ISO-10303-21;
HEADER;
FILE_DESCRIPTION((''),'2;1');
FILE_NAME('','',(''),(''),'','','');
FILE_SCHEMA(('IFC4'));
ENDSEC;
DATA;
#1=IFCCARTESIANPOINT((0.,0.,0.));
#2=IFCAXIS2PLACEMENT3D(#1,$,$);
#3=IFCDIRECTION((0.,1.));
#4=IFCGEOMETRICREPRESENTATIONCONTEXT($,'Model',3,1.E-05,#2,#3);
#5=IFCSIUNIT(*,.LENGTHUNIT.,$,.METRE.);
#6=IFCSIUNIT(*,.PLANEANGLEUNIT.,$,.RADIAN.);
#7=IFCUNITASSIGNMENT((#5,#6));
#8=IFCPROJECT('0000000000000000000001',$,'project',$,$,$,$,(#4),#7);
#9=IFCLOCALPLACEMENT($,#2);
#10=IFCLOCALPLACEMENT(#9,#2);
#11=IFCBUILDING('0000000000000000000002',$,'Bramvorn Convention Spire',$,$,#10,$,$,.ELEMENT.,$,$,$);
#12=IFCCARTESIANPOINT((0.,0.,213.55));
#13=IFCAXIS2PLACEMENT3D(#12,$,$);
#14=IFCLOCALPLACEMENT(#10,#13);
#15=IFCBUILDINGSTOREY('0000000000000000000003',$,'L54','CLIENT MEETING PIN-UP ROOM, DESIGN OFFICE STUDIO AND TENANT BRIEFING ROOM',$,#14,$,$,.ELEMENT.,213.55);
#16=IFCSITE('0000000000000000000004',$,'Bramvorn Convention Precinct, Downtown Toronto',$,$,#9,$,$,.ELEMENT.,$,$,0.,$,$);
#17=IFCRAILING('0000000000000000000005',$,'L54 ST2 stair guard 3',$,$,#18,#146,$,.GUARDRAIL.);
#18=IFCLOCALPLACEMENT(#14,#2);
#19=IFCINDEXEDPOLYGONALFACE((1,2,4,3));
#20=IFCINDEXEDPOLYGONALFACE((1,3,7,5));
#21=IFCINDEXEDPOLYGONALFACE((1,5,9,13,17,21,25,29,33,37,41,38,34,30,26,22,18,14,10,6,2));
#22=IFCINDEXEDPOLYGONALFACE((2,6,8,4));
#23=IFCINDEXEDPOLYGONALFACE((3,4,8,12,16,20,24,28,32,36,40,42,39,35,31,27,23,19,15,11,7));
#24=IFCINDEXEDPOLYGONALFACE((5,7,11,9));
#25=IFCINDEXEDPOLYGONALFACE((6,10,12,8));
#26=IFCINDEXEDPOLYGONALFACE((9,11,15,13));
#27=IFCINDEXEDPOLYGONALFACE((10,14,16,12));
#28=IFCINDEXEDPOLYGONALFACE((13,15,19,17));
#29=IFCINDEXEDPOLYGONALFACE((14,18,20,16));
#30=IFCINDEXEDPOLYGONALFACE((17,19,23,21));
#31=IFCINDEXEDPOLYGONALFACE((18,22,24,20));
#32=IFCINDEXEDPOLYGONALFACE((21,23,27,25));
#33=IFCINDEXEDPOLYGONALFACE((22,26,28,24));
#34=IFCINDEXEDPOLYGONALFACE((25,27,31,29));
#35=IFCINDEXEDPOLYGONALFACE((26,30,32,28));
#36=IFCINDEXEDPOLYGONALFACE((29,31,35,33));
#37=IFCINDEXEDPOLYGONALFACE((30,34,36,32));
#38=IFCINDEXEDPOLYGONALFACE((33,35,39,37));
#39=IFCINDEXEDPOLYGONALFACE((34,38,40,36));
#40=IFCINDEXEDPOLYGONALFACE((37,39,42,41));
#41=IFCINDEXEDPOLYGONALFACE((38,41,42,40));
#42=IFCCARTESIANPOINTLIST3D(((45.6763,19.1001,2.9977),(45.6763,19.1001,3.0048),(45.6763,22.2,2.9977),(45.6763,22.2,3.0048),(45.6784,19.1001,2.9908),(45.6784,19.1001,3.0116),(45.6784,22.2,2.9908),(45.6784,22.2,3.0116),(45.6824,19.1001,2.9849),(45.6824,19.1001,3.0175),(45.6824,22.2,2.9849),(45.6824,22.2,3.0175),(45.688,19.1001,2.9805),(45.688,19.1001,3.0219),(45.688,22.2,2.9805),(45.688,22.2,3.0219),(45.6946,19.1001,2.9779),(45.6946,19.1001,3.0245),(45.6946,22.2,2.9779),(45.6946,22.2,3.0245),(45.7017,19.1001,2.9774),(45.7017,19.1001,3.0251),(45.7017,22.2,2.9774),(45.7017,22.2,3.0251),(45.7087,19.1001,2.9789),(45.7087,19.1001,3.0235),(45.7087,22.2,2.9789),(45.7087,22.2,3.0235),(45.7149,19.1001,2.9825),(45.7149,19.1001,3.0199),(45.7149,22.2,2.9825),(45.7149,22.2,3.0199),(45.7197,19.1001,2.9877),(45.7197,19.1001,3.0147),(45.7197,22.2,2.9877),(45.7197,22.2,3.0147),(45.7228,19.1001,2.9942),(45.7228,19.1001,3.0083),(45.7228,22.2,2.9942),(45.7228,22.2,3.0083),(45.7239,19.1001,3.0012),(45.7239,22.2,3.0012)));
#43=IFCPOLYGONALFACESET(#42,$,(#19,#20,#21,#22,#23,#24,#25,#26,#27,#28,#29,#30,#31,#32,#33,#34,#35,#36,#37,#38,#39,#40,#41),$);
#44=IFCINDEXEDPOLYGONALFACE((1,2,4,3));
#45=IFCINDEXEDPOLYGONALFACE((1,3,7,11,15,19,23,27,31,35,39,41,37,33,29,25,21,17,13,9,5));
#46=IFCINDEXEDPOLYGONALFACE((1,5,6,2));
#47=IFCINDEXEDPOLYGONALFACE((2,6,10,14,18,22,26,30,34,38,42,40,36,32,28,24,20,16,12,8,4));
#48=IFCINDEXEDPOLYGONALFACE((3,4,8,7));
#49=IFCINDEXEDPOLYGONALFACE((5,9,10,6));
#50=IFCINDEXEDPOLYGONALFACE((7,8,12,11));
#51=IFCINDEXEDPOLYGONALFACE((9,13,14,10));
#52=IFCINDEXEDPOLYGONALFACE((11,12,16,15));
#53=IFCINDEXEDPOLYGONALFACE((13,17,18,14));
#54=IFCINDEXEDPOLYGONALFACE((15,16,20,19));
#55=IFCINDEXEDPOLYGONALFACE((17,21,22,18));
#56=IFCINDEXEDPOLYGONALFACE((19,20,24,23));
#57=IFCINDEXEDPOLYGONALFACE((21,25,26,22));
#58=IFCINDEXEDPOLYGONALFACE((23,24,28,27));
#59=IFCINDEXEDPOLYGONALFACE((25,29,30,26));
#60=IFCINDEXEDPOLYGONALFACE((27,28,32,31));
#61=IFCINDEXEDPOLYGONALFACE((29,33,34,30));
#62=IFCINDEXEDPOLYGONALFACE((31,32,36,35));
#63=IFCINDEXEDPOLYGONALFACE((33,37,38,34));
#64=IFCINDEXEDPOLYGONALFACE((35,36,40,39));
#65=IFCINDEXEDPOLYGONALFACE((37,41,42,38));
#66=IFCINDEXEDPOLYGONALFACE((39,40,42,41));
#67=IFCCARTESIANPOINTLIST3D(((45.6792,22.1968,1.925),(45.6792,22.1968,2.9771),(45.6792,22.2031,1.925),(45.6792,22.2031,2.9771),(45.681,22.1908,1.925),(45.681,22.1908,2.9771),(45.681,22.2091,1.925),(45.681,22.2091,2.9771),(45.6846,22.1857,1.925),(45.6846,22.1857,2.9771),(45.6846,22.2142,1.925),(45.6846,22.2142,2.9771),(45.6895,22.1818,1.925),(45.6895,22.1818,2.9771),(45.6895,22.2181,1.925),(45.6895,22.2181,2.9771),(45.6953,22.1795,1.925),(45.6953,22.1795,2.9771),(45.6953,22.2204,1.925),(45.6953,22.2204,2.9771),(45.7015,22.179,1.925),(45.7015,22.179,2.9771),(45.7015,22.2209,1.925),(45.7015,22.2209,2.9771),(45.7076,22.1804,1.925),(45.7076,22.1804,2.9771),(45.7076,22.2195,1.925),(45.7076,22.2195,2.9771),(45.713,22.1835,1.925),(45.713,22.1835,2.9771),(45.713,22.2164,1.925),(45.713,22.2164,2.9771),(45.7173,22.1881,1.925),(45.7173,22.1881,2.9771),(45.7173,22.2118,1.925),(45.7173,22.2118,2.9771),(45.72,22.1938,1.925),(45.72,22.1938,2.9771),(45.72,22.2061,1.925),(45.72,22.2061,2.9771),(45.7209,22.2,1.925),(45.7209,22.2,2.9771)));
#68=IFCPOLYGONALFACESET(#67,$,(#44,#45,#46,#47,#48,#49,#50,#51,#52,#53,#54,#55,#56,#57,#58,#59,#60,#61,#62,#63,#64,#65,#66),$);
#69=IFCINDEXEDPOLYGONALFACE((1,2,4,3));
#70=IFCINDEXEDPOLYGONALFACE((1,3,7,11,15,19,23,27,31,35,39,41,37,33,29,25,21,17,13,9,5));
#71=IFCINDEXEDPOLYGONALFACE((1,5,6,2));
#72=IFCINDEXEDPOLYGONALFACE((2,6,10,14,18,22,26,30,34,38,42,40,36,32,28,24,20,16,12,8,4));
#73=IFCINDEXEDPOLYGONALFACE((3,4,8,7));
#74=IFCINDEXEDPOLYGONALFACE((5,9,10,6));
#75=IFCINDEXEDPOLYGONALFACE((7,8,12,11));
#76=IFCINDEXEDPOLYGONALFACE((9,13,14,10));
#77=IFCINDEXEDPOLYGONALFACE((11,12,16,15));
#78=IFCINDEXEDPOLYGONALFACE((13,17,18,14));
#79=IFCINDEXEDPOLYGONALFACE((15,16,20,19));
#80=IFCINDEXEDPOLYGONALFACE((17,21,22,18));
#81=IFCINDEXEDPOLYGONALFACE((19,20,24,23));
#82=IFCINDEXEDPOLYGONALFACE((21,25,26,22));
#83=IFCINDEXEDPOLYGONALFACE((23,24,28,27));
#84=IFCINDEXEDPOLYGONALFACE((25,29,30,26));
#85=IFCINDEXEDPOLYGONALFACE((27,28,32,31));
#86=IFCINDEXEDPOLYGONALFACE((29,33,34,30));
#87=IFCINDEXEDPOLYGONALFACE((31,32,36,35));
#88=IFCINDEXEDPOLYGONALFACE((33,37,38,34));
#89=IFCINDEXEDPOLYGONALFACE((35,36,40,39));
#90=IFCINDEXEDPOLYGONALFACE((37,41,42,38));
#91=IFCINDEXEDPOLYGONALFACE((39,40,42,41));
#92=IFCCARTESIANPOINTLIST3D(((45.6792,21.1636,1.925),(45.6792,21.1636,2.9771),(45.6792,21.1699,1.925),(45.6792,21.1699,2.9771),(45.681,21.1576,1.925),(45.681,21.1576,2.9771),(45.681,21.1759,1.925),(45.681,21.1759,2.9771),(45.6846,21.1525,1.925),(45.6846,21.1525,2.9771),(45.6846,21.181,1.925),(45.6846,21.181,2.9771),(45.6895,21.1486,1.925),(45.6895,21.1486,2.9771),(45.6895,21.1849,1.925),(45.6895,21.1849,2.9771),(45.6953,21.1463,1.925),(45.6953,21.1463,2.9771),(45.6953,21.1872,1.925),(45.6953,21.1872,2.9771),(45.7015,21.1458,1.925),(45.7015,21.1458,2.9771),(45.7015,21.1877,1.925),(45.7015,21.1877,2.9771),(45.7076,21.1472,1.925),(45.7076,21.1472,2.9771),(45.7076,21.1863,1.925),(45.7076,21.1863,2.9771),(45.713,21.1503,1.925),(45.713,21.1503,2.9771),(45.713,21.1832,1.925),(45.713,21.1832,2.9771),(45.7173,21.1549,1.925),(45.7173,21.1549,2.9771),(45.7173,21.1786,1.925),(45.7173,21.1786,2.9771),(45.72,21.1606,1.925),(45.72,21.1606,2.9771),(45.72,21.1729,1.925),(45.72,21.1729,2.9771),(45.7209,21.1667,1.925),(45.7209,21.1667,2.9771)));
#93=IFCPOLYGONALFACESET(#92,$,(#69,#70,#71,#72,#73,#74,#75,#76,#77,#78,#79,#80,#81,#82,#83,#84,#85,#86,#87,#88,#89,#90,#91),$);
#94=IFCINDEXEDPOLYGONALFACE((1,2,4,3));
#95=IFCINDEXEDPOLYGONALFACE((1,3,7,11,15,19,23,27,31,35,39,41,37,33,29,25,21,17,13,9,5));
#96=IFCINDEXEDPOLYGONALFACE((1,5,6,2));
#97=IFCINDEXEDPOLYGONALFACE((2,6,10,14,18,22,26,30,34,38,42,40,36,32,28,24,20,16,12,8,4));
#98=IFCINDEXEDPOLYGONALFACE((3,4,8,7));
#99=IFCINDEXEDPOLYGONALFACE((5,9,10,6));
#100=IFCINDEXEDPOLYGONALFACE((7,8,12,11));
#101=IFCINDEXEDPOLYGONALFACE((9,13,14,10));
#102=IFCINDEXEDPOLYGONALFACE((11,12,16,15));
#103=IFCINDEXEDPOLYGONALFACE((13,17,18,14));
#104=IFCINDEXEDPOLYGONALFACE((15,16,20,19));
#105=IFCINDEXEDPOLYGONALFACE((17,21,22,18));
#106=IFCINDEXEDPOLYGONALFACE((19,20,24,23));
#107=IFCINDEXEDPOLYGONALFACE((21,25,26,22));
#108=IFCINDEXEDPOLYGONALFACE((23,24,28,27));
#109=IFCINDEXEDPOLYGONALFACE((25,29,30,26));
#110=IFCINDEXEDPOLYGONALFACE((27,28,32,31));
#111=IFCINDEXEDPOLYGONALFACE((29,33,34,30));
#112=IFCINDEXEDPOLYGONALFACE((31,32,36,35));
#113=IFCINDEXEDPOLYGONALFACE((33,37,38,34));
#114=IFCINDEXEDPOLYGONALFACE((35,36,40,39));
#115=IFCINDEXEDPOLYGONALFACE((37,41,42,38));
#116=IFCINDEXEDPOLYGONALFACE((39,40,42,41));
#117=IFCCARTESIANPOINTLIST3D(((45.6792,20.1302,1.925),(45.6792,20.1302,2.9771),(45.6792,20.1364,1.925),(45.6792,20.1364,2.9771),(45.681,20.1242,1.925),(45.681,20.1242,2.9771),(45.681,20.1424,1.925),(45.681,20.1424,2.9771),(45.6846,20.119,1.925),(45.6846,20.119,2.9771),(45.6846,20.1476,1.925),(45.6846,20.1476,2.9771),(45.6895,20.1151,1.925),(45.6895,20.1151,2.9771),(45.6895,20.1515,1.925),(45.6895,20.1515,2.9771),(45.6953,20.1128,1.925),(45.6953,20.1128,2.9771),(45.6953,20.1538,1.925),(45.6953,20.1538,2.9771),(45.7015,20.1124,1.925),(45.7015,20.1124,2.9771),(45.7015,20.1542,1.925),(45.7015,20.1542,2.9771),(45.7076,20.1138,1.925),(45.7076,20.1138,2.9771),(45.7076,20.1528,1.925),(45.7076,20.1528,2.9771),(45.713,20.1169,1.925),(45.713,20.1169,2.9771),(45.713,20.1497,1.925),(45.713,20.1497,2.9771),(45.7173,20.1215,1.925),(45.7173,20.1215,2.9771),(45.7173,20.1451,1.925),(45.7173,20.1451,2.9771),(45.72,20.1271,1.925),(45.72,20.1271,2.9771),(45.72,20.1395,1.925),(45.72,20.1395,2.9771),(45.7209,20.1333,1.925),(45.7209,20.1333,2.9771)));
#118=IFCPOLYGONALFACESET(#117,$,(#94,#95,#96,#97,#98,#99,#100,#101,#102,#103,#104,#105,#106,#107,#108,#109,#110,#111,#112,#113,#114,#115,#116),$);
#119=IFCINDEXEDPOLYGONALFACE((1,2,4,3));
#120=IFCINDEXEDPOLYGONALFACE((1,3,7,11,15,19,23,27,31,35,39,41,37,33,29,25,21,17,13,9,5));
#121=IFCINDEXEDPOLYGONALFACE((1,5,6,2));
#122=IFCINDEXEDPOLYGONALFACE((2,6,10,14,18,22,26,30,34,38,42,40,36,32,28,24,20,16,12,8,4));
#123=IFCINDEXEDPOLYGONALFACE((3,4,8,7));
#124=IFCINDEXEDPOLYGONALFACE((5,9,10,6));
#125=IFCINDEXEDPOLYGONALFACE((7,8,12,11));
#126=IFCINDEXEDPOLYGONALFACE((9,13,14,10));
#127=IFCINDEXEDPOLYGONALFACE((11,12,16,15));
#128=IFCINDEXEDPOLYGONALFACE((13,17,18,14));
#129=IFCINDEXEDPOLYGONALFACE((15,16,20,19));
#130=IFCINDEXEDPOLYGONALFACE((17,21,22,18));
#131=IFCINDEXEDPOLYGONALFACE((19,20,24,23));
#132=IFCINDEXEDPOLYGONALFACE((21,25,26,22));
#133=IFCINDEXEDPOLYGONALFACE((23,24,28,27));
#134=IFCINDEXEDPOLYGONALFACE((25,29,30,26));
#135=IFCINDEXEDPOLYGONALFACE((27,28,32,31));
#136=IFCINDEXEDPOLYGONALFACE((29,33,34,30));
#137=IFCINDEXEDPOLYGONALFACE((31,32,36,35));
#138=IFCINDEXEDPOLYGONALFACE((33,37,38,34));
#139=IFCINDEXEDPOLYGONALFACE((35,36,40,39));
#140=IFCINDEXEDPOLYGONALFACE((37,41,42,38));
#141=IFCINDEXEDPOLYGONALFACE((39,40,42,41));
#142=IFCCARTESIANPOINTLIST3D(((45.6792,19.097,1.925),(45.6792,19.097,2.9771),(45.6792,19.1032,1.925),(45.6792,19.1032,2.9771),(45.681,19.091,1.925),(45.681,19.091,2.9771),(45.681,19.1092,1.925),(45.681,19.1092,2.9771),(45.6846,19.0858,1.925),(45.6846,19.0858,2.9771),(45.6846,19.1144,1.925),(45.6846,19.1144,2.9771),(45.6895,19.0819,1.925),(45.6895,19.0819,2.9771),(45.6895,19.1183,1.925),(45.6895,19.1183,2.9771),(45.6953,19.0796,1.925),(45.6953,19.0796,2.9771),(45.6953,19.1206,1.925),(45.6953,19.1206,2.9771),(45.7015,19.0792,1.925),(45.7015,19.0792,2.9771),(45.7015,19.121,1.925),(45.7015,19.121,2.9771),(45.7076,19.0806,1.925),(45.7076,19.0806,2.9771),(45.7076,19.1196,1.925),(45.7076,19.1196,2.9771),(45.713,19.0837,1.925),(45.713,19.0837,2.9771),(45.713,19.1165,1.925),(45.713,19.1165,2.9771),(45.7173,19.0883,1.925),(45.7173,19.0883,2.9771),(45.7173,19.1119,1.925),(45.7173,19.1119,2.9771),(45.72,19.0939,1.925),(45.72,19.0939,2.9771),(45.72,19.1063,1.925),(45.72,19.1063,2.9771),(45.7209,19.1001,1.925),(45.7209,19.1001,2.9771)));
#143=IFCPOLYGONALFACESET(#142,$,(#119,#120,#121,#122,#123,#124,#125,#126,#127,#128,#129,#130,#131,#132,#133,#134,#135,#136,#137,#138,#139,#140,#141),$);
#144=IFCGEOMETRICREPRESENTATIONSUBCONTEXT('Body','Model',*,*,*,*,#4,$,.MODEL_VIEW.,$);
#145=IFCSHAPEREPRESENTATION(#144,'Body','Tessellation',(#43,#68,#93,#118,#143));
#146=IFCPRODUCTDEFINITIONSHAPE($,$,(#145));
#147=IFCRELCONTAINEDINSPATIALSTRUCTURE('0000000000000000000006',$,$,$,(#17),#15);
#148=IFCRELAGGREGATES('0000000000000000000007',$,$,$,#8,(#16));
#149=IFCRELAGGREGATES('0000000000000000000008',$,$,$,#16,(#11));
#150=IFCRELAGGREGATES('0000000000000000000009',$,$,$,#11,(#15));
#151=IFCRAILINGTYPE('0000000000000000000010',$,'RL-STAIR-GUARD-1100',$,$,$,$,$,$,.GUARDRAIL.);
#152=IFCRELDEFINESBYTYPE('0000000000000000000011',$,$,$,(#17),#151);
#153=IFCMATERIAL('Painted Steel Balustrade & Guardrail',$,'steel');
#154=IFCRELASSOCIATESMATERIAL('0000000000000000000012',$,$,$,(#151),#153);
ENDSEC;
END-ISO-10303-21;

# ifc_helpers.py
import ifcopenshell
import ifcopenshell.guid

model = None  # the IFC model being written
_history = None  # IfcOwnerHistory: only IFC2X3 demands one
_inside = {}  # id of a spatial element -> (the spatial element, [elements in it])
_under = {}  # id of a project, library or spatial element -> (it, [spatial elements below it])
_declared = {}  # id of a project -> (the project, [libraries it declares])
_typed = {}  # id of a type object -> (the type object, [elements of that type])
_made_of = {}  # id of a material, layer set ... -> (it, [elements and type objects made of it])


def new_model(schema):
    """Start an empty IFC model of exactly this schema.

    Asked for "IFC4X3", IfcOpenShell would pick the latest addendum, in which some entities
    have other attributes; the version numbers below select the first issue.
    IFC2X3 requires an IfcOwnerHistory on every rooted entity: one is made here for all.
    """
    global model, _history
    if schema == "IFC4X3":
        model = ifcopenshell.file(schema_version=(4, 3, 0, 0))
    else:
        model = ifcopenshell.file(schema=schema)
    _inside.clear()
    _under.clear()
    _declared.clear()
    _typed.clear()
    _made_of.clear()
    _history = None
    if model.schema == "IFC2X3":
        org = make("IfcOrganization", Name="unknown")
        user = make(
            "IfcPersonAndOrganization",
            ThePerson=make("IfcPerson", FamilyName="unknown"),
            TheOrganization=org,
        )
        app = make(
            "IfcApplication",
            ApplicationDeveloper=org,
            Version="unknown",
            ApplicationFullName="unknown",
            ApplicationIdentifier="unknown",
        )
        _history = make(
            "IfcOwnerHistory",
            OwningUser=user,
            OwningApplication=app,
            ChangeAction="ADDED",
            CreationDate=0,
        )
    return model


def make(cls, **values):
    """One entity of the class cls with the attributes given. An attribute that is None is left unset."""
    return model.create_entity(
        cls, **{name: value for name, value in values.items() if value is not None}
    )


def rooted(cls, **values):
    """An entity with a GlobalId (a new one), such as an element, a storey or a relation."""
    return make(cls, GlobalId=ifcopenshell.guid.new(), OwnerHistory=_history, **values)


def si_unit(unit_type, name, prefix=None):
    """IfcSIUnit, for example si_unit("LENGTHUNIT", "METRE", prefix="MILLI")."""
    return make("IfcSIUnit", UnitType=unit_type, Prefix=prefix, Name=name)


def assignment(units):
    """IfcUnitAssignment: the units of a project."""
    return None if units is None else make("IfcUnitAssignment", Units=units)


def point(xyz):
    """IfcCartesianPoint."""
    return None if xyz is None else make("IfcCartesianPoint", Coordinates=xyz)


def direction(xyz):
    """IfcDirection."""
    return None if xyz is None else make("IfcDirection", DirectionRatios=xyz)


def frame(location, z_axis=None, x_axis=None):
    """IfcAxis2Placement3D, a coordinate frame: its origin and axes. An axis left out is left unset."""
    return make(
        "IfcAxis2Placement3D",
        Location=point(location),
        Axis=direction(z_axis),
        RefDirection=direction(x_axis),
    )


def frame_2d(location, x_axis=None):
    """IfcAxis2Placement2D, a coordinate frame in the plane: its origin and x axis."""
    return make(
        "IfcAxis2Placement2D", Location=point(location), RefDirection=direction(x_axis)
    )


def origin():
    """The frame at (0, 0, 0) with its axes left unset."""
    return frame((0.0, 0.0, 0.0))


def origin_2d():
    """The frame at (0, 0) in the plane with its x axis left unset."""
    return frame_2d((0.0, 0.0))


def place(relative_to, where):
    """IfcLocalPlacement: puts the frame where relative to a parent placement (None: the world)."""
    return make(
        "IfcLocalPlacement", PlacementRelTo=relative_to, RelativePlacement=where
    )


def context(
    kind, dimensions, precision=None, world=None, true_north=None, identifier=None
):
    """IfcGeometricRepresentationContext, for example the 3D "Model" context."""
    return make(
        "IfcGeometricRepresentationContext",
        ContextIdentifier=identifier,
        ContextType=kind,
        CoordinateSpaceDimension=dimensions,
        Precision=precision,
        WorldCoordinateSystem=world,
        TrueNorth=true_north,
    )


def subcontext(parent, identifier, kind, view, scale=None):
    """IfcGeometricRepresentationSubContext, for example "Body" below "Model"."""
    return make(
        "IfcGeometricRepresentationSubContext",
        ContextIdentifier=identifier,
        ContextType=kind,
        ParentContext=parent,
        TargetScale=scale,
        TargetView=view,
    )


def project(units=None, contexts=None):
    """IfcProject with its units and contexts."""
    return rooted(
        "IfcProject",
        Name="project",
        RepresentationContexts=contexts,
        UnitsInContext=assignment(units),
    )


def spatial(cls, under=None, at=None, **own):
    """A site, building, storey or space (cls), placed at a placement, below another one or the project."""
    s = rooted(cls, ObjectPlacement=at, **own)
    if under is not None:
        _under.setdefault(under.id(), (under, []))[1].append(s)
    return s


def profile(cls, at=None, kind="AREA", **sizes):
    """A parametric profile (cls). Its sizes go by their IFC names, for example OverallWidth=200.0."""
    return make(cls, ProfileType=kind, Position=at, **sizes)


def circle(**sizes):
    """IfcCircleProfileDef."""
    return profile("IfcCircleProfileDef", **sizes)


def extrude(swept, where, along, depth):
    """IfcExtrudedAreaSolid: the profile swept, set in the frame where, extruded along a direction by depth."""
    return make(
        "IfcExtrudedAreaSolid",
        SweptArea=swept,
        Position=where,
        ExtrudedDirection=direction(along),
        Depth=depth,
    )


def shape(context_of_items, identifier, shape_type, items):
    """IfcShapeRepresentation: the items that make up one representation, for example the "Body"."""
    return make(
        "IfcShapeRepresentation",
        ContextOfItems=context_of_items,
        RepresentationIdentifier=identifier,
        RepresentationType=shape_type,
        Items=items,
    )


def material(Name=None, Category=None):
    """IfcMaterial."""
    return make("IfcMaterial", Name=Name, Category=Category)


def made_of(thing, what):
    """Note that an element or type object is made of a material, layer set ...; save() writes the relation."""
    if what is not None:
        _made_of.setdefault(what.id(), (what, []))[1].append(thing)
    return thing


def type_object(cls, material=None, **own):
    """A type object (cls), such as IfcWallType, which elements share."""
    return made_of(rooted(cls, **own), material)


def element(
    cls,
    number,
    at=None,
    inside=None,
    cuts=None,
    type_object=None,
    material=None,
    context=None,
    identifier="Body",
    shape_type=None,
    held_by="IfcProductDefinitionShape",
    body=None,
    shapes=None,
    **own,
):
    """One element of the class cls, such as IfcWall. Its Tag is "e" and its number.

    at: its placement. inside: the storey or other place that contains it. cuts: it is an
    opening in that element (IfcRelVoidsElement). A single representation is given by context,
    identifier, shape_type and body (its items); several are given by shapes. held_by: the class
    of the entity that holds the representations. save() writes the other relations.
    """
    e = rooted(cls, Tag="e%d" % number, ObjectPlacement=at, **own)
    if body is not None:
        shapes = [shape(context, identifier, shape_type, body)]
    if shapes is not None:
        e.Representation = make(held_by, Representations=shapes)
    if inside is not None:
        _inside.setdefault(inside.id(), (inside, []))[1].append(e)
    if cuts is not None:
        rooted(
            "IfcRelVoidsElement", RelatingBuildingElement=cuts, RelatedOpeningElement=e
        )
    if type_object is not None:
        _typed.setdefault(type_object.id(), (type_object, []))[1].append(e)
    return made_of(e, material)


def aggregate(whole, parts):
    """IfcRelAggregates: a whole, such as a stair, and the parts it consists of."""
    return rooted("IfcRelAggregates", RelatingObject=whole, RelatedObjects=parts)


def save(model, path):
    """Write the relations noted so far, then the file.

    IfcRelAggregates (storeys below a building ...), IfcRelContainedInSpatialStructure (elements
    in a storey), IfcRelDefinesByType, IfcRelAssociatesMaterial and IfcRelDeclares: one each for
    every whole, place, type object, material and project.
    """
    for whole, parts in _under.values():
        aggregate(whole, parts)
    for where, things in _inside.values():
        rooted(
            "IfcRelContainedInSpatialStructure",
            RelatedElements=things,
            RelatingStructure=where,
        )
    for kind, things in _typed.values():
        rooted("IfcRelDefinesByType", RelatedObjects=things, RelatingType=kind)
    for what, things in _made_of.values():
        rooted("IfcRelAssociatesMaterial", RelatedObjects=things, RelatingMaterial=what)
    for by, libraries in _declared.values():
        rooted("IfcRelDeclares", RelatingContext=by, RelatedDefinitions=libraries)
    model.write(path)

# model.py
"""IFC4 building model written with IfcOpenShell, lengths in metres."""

from ifc_helpers import new_model, si_unit, direction, frame, origin, origin_2d, place, context, subcontext, project, spatial, circle, extrude, material, type_object, element, save


model = new_model("IFC4")

# Units and contexts
model_context = context("Model", 3, precision=1e-05, world=origin(), true_north=direction((0.0, 1.0)))
body_context = subcontext(model_context, "Body", "Model", "MODEL_VIEW")
ifc_project = project(units=[si_unit("LENGTHUNIT", "METRE"), si_unit("PLANEANGLEUNIT", "RADIAN")], contexts=[model_context])

# Site, building, storey
site_placement = place(None, origin())
site = spatial("IfcSite", under=ifc_project, at=site_placement, Name="Bramvorn Convention Precinct, Downtown Toronto", CompositionType="ELEMENT", RefElevation=0.0)
building_placement = place(site_placement, origin())
building = spatial("IfcBuilding", under=site, at=building_placement, Name="Bramvorn Convention Spire", CompositionType="ELEMENT")
storey_placement = place(building_placement, frame((0.0, 0.0, 213.55)))
storey = spatial("IfcBuildingStorey", under=building, at=storey_placement, Name="L54", Description="CLIENT MEETING PIN-UP ROOM, DESIGN OFFICE STUDIO AND TENANT BRIEFING ROOM", CompositionType="ELEMENT", Elevation=213.55)

# Railing
ifc_material_1 = material(Name="Painted Steel Balustrade & Guardrail", Category="steel")
railing_type_1 = type_object("IfcRailingType", Name="RL-STAIR-GUARD-1100", PredefinedType="GUARDRAIL", material=ifc_material_1)
railing_1_placement = place(storey_placement, frame((45.7, 22.2, 1.925)))
element("IfcRailing", 1, at=railing_1_placement, inside=storey, type_object=railing_type_1, Name="L54 ST2 stair guard 3", PredefinedType="GUARDRAIL", context=body_context, shape_type="SweptSolid", body=[
    extrude(circle(Radius=0.0239, at=origin_2d()), frame((0.0, 0.0, 1.0762), z_axis=(0.0, -1.0, 0.0), x_axis=(1.0, 0.0, 0.0)), (0.0, 0.0, 1.0), 3.0999),
    extrude(circle(Radius=0.021, at=origin_2d()), origin(), (0.0, 0.0, 1.0), 1.052),
    extrude(circle(Radius=0.021, at=origin_2d()), frame((0.0, -1.0332, 0.0)), (0.0, 0.0, 1.0), 1.052),
    extrude(circle(Radius=0.021, at=origin_2d()), frame((0.0, -2.0667, 0.0)), (0.0, 0.0, 1.0), 1.052),
    extrude(circle(Radius=0.021, at=origin_2d()), frame((0.0, -3.0999, 0.0)), (0.0, 0.0, 1.0), 1.052),
])

save(model, "model.ifc")
